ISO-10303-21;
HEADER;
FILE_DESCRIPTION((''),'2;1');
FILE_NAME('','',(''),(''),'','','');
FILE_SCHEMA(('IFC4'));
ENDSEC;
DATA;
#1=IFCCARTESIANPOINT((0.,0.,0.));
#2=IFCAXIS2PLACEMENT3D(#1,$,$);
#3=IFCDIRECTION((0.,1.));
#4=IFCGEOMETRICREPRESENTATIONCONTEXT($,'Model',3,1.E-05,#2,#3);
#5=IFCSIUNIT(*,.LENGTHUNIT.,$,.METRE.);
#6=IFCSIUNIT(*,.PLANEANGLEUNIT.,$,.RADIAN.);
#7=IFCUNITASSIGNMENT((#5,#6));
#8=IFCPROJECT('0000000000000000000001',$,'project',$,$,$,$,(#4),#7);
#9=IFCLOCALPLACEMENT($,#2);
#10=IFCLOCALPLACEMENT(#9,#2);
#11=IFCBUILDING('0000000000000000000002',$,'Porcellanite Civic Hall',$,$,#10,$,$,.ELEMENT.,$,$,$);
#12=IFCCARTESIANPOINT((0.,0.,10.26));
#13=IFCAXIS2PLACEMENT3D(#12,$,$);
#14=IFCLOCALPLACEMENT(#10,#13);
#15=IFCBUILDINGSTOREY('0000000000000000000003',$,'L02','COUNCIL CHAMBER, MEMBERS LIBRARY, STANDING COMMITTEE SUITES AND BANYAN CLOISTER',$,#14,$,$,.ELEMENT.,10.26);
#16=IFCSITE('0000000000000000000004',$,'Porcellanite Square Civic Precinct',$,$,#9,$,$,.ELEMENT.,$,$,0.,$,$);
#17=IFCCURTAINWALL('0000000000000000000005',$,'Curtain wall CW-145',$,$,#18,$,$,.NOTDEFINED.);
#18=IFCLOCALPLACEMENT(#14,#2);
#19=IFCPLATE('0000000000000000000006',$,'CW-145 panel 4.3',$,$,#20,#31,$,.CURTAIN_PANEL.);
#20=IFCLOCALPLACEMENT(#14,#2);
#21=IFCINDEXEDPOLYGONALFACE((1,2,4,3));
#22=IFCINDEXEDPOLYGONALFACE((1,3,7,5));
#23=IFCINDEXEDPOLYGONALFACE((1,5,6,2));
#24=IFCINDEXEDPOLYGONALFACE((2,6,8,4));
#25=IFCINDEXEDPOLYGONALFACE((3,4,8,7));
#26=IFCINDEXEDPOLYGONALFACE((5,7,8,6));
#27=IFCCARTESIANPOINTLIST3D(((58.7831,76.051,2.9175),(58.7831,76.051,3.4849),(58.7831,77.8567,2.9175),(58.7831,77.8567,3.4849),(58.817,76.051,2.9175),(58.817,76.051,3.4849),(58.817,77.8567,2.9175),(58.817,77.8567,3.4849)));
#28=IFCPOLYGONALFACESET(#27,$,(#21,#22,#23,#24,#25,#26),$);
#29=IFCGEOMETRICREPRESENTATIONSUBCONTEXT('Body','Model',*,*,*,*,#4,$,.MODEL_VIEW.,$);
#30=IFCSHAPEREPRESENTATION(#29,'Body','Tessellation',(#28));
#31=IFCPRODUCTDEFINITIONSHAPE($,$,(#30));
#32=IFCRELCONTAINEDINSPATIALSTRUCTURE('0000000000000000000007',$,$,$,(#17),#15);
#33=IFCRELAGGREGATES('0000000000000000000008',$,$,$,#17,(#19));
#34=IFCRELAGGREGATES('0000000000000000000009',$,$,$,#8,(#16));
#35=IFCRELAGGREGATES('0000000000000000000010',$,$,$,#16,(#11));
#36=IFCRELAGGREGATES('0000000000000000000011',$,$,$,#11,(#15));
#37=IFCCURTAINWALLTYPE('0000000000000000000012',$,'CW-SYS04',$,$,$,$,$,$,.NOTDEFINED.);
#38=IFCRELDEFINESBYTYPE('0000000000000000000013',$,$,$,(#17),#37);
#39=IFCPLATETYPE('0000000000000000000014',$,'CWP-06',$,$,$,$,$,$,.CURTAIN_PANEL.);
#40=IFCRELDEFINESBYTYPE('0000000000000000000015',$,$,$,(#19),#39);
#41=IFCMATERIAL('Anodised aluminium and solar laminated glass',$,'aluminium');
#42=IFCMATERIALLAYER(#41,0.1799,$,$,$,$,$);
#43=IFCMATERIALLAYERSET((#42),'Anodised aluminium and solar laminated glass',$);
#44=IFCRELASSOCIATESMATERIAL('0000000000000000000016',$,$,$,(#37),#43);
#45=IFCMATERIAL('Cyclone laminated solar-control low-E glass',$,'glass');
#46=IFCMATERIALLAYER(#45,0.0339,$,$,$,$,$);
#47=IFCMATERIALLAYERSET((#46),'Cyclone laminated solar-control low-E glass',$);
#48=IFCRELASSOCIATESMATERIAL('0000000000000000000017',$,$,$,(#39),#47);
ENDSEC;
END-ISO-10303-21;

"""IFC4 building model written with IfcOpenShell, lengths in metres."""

from ifc_helpers import new_model, si_unit, direction, frame, origin, origin_2d, place, context, subcontext, project, spatial, rectangle, extrude, material, layer, layer_set, type_object, element, aggregate, save


model = new_model("IFC4")

# Units and contexts
model_context = context("Model", 3, precision=1e-05, world=origin(), true_north=direction((0.0, 1.0)))
body_context = subcontext(model_context, "Body", "Model", "MODEL_VIEW")
ifc_project = project(units=[si_unit("LENGTHUNIT", "METRE"), si_unit("PLANEANGLEUNIT", "RADIAN")], contexts=[model_context])

# Site, building, storey
site_placement = place(None, origin())
site = spatial("IfcSite", under=ifc_project, at=site_placement, Name="Porcellanite Square Civic Precinct", CompositionType="ELEMENT", RefElevation=0.0)
building_placement = place(site_placement, origin())
building = spatial("IfcBuilding", under=site, at=building_placement, Name="Porcellanite Civic Hall", CompositionType="ELEMENT")
storey_placement = place(building_placement, frame((0.0, 0.0, 10.26)))
storey = spatial("IfcBuildingStorey", under=building, at=storey_placement, Name="L02", Description="COUNCIL CHAMBER, MEMBERS LIBRARY, STANDING COMMITTEE SUITES AND BANYAN CLOISTER", CompositionType="ELEMENT", Elevation=10.26)

# Curtain wall
ifc_material_1 = material(Name="Anodised aluminium and solar laminated glass", Category="aluminium")
ifc_layer_1 = layer(ifc_material_1, 0.1799)
ifc_layer_set_1 = layer_set([ifc_layer_1], Name="Anodised aluminium and solar laminated glass")
curtain_wall_type_1 = type_object("IfcCurtainWallType", Name="CW-SYS04", PredefinedType="NOTDEFINED", material=ifc_layer_set_1)
curtain_wall_1_placement = place(storey_placement, origin())
curtain_wall_1 = element("IfcCurtainWall", 1, at=curtain_wall_1_placement, inside=storey, type_object=curtain_wall_type_1, Name="Curtain wall CW-145", PredefinedType="NOTDEFINED")

# Plate
ifc_material_2 = material(Name="Cyclone laminated solar-control low-E glass", Category="glass")
ifc_layer_2 = layer(ifc_material_2, 0.0339)
ifc_layer_set_2 = layer_set([ifc_layer_2], Name="Cyclone laminated solar-control low-E glass")
plate_type_1 = type_object("IfcPlateType", Name="CWP-06", PredefinedType="CURTAIN_PANEL", material=ifc_layer_set_2)
plate_1_placement = place(storey_placement, frame((58.8, 76.9539, 2.9175), z_axis=(0.0, 0.0, 1.0), x_axis=(0.0, -1.0, 0.0)))
plate_1 = element("IfcPlate", 2, at=plate_1_placement, type_object=plate_type_1, Name="CW-145 panel 4.3", PredefinedType="CURTAIN_PANEL", context=body_context, shape_type="SweptSolid", body=[
    extrude(rectangle(XDim=1.8057, YDim=0.0339, at=origin_2d()), origin(), (0.0, 0.0, 1.0), 0.5674),
])
aggregate(curtain_wall_1, [plate_1])

save(model, "model.ifc")
